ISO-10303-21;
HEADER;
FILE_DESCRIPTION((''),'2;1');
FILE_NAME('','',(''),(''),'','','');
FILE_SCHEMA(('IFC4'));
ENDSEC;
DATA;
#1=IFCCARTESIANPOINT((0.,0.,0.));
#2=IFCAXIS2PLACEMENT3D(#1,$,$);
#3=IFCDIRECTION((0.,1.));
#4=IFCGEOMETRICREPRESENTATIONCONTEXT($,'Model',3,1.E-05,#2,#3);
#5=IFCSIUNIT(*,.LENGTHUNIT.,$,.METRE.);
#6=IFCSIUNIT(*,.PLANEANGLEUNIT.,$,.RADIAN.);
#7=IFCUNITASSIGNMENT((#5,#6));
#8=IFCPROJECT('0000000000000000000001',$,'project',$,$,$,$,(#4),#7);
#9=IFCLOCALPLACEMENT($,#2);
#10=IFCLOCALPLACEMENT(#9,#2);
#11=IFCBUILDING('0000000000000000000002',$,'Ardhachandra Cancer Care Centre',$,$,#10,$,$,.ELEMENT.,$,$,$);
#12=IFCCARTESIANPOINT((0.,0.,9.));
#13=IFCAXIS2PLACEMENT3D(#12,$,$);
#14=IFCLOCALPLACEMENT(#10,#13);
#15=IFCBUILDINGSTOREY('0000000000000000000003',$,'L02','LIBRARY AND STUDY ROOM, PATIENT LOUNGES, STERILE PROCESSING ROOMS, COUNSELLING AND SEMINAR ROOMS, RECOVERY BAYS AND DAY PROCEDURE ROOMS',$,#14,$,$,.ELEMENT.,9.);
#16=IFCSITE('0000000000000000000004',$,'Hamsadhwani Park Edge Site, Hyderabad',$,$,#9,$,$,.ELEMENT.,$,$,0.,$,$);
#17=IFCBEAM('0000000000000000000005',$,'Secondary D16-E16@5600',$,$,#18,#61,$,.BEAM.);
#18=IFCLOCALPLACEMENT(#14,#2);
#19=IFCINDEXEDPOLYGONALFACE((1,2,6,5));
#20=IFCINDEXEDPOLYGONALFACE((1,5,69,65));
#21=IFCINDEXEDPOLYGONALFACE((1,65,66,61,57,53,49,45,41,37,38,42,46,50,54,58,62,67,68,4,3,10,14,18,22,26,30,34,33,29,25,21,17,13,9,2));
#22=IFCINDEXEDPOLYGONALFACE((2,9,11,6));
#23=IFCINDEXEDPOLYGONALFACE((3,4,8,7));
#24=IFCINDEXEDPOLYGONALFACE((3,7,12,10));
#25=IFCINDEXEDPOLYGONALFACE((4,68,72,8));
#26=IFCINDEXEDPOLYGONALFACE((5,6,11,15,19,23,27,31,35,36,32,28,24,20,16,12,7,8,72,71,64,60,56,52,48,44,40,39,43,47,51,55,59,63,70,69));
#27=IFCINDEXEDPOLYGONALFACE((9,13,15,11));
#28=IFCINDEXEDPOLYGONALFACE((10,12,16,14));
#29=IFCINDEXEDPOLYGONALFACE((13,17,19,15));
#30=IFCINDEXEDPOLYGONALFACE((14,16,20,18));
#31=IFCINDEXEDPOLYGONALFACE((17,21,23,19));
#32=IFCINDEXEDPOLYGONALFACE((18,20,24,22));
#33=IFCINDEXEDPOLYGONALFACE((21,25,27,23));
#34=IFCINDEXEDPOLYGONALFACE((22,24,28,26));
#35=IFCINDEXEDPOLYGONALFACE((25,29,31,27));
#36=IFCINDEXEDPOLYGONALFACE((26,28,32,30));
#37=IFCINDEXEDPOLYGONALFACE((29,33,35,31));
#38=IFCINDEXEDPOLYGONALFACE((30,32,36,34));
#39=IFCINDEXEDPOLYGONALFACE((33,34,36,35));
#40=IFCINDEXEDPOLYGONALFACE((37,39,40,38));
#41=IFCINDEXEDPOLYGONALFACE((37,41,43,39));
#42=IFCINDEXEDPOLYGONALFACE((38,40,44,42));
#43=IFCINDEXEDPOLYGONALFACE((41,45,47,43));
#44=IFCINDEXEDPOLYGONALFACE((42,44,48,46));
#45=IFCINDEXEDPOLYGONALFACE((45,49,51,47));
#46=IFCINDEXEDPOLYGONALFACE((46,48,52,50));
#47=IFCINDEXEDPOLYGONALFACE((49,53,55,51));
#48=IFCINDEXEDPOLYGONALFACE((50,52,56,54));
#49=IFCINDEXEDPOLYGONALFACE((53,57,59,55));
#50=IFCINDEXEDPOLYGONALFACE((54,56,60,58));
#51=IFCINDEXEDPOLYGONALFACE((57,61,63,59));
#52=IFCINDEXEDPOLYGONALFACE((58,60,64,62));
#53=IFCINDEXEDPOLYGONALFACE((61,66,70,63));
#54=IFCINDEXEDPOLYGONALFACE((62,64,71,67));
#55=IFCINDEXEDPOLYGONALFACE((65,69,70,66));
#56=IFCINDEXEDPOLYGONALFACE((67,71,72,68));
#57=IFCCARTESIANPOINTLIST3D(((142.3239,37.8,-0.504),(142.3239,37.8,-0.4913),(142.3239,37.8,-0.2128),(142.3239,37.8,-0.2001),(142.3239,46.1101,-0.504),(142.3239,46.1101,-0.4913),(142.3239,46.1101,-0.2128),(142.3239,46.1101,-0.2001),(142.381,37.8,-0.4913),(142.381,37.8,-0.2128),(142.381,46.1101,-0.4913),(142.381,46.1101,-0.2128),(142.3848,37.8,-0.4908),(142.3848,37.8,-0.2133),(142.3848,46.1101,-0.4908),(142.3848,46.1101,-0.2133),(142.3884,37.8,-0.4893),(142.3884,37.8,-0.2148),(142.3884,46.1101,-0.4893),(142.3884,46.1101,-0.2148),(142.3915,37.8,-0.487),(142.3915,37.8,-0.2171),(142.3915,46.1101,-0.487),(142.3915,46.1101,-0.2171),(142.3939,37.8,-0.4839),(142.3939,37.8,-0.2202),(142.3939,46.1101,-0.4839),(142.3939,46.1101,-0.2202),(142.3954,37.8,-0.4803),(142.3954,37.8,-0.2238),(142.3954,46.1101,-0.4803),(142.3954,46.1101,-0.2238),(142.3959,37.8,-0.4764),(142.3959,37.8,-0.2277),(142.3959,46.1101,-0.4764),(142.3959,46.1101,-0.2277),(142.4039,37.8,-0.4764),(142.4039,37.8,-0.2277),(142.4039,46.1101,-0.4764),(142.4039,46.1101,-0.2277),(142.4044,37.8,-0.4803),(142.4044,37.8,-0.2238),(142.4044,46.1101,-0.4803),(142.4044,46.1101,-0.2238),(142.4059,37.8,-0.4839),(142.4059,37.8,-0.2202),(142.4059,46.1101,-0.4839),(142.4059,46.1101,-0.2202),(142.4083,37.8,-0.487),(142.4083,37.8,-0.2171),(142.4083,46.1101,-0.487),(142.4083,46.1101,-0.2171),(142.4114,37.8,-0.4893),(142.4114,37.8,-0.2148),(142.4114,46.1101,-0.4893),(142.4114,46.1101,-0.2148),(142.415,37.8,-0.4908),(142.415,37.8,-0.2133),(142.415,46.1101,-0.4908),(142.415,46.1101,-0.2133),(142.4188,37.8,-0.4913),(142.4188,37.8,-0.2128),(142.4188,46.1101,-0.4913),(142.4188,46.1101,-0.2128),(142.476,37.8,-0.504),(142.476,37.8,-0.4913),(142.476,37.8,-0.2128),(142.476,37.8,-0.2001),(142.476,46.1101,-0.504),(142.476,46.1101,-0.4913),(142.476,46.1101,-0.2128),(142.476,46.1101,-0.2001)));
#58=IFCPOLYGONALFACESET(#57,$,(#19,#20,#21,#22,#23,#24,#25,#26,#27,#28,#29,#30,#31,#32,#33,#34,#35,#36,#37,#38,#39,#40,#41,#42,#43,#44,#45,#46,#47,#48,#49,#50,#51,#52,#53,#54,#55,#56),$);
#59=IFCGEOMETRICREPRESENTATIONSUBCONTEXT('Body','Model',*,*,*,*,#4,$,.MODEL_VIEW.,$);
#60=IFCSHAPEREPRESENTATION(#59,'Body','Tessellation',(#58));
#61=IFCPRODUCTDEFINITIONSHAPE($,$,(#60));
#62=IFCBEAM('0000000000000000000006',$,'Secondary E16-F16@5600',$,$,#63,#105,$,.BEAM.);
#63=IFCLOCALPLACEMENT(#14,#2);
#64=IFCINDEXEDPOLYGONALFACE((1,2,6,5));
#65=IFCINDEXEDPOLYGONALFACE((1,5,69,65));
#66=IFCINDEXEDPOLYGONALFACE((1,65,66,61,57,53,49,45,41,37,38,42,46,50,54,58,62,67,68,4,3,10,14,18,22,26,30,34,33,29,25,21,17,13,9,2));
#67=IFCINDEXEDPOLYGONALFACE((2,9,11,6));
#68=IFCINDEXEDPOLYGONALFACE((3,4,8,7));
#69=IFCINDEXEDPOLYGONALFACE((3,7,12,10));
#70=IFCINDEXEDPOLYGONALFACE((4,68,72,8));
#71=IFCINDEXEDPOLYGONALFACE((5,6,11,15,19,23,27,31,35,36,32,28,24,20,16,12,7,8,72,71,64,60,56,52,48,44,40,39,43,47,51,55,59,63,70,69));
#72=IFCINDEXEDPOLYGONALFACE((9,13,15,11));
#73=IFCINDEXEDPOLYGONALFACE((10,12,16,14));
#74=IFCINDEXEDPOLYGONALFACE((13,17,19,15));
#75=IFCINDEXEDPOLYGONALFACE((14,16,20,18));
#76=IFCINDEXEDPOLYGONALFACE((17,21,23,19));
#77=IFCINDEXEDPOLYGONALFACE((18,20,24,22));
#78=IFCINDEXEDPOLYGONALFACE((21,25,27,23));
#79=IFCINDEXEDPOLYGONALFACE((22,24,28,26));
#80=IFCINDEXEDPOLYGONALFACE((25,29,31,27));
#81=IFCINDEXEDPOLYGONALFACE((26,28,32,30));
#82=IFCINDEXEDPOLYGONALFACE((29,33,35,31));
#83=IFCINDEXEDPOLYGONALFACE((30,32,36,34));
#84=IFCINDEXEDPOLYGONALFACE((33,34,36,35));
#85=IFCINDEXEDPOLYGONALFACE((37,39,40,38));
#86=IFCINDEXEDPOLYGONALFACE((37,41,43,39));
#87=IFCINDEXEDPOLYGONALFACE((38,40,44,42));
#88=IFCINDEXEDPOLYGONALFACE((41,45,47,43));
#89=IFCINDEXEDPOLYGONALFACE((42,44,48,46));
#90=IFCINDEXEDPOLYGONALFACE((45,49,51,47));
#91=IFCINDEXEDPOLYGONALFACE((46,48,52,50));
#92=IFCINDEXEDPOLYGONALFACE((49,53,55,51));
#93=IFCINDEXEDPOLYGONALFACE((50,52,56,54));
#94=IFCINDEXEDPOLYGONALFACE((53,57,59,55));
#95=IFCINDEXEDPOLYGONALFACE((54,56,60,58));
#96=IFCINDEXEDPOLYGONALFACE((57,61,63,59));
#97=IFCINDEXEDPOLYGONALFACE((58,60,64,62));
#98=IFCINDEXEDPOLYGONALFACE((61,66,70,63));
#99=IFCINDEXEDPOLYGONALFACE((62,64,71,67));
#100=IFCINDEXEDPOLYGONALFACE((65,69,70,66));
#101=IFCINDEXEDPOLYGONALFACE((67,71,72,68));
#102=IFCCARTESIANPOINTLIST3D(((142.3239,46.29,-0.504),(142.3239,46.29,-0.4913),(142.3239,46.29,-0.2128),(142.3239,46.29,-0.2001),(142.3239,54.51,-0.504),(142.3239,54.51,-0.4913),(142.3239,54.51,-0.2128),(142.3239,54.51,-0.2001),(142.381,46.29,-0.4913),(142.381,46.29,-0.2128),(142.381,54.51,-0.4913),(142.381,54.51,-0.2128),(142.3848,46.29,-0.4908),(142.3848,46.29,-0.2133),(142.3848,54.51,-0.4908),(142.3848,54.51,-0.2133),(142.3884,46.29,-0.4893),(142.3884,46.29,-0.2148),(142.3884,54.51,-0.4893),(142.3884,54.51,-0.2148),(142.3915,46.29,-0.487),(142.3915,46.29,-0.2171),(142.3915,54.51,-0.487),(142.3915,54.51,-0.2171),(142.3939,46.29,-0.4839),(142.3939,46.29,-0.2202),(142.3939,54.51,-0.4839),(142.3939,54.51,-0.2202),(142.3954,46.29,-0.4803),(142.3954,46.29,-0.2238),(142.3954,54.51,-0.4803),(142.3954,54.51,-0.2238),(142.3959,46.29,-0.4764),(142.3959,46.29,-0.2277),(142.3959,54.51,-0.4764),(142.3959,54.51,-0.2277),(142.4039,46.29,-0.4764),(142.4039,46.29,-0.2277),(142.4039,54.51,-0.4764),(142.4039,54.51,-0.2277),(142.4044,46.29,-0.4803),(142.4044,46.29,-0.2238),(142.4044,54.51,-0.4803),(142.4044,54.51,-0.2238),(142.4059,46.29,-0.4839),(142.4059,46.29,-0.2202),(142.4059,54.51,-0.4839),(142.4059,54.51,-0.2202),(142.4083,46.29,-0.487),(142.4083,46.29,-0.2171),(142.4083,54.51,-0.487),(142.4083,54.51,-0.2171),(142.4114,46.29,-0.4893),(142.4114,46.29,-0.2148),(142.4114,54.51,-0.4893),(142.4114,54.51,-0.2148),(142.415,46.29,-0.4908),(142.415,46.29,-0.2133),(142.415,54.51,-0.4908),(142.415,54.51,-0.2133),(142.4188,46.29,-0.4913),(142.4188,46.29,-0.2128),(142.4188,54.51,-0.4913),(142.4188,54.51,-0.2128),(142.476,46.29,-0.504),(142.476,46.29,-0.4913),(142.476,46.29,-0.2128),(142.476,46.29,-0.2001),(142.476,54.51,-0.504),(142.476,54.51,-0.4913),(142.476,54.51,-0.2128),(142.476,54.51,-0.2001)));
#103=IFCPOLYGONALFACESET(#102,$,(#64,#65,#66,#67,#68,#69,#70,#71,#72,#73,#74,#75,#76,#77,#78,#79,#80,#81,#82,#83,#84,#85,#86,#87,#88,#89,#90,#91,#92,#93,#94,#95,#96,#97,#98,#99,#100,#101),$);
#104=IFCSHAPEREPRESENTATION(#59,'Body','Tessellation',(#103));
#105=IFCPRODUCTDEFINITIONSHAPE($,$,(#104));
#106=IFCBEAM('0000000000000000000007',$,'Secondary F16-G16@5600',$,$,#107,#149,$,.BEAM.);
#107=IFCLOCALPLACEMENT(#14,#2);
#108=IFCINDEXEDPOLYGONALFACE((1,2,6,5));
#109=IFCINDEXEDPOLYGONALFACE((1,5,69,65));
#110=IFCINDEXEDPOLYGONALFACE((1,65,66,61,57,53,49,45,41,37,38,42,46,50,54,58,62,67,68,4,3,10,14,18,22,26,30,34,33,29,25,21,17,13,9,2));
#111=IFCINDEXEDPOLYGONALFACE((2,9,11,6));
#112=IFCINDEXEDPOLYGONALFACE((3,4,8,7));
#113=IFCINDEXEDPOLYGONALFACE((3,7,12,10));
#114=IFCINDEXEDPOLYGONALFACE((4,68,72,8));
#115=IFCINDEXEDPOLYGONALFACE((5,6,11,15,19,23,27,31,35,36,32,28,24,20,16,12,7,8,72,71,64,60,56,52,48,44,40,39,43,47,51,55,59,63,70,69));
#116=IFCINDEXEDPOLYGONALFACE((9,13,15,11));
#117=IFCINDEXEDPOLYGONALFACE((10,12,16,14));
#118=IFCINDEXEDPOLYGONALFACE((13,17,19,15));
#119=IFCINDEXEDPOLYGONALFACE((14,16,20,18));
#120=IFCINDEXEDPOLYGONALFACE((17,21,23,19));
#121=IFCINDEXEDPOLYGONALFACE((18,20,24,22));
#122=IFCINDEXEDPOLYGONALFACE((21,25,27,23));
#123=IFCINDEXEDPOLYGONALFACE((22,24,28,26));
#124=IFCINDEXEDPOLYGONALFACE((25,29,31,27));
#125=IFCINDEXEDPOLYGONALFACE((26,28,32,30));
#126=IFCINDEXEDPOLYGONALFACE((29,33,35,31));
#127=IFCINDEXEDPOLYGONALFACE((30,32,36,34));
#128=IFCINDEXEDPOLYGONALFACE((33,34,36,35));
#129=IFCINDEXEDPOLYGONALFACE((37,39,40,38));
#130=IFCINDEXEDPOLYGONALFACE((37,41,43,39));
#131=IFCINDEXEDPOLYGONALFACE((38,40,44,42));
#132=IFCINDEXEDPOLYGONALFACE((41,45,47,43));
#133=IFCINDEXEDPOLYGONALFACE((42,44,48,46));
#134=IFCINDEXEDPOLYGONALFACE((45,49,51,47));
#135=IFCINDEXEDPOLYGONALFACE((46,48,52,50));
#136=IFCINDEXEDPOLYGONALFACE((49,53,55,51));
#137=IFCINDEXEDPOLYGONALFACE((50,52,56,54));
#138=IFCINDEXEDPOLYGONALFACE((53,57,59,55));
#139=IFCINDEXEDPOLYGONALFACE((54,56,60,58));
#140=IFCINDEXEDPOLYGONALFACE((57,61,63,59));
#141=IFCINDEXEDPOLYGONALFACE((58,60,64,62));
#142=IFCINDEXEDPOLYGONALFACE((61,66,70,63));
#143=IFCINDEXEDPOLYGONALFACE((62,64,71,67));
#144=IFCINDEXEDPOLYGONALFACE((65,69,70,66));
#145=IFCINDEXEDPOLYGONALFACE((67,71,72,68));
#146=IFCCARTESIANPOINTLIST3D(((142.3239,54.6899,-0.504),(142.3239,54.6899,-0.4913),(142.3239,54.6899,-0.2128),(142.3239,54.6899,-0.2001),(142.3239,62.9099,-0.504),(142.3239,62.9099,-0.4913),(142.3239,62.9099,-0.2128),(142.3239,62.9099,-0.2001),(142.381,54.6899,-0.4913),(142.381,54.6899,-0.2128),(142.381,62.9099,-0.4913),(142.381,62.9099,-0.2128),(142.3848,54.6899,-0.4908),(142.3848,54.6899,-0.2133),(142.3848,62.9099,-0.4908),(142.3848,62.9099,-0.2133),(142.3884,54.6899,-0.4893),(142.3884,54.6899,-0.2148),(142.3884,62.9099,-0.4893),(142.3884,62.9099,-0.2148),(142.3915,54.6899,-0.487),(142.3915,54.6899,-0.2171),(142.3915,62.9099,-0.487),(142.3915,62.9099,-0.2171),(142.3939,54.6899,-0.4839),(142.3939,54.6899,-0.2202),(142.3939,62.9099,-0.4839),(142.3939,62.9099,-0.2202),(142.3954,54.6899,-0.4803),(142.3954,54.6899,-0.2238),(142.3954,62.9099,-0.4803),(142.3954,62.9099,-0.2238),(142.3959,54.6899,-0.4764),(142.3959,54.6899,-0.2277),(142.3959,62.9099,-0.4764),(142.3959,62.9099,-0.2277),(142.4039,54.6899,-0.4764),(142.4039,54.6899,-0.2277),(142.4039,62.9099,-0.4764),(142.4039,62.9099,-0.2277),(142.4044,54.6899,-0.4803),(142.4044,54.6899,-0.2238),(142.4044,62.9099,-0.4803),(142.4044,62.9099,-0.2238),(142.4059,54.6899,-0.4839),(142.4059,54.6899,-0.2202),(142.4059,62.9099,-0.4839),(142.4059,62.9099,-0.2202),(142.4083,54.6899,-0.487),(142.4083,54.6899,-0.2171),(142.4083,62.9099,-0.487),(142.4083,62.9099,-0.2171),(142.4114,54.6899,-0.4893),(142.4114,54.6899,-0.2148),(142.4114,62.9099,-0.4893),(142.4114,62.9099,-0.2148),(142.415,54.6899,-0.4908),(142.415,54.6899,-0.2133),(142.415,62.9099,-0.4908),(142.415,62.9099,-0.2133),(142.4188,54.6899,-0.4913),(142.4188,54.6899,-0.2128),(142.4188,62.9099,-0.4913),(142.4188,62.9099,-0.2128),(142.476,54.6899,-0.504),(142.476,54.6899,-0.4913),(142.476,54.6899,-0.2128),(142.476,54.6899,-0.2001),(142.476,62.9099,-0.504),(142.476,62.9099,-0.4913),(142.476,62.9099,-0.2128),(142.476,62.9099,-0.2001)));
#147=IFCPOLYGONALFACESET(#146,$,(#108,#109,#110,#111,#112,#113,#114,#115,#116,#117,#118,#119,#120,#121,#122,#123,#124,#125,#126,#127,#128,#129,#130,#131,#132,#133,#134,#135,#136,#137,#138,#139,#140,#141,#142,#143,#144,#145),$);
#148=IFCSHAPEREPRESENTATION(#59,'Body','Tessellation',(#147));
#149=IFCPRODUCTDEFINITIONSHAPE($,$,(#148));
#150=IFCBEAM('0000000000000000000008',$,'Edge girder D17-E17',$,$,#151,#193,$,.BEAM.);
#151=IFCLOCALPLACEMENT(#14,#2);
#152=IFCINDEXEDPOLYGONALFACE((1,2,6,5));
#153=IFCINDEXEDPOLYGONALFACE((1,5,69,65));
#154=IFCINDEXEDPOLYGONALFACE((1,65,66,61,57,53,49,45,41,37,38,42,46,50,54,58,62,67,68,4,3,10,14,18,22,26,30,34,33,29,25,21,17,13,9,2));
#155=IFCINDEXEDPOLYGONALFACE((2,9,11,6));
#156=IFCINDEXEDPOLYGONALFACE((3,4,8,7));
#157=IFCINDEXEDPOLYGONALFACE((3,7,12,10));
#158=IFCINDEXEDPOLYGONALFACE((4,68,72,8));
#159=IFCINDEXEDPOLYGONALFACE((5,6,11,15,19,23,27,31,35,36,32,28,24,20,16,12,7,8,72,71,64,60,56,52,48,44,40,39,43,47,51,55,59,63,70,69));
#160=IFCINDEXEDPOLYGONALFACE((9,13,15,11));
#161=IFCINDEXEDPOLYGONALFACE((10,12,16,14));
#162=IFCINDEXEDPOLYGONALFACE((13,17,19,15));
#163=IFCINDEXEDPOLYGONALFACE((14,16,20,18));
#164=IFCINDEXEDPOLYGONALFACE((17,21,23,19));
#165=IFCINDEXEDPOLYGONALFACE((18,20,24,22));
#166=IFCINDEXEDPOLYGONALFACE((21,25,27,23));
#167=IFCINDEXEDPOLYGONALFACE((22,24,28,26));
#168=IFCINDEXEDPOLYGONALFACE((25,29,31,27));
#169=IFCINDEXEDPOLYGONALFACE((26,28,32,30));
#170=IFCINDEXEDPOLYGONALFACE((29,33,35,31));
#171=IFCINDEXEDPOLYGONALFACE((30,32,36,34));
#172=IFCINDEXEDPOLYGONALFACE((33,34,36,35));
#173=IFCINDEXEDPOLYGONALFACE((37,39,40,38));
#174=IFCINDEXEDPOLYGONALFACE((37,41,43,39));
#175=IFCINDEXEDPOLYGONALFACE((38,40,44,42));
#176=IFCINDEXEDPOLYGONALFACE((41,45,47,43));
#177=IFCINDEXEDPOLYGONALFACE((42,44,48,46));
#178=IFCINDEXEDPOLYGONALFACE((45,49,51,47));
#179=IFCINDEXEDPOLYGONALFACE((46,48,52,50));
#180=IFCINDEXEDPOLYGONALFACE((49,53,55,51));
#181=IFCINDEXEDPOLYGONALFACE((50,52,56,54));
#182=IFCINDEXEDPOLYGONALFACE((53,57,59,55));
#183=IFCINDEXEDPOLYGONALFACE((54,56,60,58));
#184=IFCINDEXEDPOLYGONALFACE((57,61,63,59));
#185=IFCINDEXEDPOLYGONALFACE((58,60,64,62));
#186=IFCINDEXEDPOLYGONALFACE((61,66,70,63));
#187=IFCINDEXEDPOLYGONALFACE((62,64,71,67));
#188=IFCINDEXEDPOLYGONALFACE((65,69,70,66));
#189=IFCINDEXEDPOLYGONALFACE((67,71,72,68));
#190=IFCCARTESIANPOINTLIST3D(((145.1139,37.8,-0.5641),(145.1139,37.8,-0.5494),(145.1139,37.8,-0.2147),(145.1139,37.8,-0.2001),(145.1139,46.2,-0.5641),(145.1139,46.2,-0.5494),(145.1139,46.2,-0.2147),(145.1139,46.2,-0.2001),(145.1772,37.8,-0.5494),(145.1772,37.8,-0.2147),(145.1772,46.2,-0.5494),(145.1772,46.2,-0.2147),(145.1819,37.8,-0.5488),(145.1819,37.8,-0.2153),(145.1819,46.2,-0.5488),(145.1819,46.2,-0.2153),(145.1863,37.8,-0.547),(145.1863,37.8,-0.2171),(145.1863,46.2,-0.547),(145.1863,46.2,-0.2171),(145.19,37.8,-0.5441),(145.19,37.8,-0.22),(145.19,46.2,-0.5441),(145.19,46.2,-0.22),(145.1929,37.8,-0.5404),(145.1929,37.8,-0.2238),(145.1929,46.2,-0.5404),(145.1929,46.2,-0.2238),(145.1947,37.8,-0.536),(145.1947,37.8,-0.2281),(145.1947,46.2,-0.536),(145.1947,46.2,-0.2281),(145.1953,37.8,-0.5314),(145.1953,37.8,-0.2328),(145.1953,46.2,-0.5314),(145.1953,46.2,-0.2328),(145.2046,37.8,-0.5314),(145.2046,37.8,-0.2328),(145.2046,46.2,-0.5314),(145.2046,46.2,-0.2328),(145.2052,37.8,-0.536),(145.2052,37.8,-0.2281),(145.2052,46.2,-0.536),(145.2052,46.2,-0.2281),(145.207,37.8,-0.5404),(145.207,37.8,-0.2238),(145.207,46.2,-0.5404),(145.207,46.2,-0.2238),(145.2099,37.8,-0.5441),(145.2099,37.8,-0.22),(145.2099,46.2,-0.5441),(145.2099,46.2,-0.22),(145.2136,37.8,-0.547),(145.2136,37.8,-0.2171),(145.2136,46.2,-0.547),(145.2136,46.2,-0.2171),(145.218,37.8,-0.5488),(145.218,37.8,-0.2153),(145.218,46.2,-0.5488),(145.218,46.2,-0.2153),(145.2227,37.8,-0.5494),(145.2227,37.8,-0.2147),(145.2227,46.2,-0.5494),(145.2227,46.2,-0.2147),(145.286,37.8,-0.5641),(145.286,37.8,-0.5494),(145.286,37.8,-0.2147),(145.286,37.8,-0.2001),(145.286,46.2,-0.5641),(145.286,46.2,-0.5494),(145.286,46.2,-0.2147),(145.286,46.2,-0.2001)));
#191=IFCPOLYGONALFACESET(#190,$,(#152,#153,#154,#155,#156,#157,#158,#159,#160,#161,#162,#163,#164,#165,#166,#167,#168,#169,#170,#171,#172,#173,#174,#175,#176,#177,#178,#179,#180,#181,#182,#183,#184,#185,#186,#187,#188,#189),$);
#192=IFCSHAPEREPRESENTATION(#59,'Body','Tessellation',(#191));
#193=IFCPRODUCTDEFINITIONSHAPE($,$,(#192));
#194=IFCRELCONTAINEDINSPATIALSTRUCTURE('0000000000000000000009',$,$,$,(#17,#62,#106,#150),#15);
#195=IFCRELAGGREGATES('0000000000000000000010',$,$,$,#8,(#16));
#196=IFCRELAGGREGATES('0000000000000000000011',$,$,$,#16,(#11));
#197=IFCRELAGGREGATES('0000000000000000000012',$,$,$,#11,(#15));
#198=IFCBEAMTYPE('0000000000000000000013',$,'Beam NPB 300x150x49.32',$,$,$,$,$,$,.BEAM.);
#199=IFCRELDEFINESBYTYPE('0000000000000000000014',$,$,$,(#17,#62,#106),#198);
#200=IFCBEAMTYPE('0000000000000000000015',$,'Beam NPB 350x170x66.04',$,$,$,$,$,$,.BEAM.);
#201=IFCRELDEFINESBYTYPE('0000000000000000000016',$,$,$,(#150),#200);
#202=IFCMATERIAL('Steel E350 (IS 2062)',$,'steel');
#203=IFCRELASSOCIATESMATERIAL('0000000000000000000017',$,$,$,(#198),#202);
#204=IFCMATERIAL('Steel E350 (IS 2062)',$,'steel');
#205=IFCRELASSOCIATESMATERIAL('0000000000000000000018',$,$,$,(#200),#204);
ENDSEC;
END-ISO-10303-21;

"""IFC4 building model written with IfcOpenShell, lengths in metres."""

from ifc_helpers import new_model, si_unit, direction, frame, origin, origin_2d, place, context, subcontext, project, spatial, i_section, extrude, material, material_profile, profile_set, type_object, element, save


model = new_model("IFC4")

# Units and contexts
model_context = context("Model", 3, precision=1e-05, world=origin(), true_north=direction((0.0, 1.0)))
body_context = subcontext(model_context, "Body", "Model", "MODEL_VIEW")
ifc_project = project(units=[si_unit("LENGTHUNIT", "METRE"), si_unit("PLANEANGLEUNIT", "RADIAN")], contexts=[model_context])

# Site, building, storey
site_placement = place(None, origin())
site = spatial("IfcSite", under=ifc_project, at=site_placement, Name="Hamsadhwani Park Edge Site, Hyderabad", CompositionType="ELEMENT", RefElevation=0.0)
building_placement = place(site_placement, origin())
building = spatial("IfcBuilding", under=site, at=building_placement, Name="Ardhachandra Cancer Care Centre", CompositionType="ELEMENT")
storey_placement = place(building_placement, frame((0.0, 0.0, 9.0)))
storey = spatial("IfcBuildingStorey", under=building, at=storey_placement, Name="L02", Description="LIBRARY AND STUDY ROOM, PATIENT LOUNGES, STERILE PROCESSING ROOMS, COUNSELLING AND SEMINAR ROOMS, RECOVERY BAYS AND DAY PROCEDURE ROOMS", CompositionType="ELEMENT", Elevation=9.0)

# Beams
ifc_material_1 = material(Name="Steel E350 (IS 2062)", Category="steel")
ifc_material_profile_1 = material_profile(ifc_material_1, i_section(OverallWidth=0.1521, OverallDepth=0.304, WebThickness=0.0081, FlangeThickness=0.0127, FilletRadius=0.0149, at=origin_2d()), Name="NPB 300x150x49.32")
ifc_profile_set_1 = profile_set([ifc_material_profile_1], Name="Steel E350 (IS 2062)")
beam_type_1 = type_object("IfcBeamType", Name="Beam NPB 300x150x49.32", PredefinedType="BEAM", material=ifc_profile_set_1)
beam_1_placement = place(storey_placement, frame((142.3999, 37.8, -0.3521), z_axis=(0.0, 1.0, 0.0), x_axis=(-1.0, 0.0, 0.0)))
element("IfcBeam", 1, at=beam_1_placement, inside=storey, type_object=beam_type_1, Name="Secondary D16-E16@5600", PredefinedType="BEAM", context=body_context, shape_type="SweptSolid", body=[
    extrude(i_section(OverallWidth=0.1521, OverallDepth=0.304, WebThickness=0.0081, FlangeThickness=0.0127, FilletRadius=0.0149, at=origin_2d()), origin(), (0.0, 0.0, 1.0), 8.3101),
])
for number, where, z_axis, x_axis, name in (
    (2, (142.3999, 46.29, -0.3521), (0.0, 1.0, 0.0), (-1.0, 0.0, 0.0), "Secondary E16-F16@5600"),
    (3, (142.3999, 54.6899, -0.3521), (0.0, 1.0, 0.0), (-1.0, 0.0, 0.0), "Secondary F16-G16@5600"),
):
    element("IfcBeam", number, at=place(storey_placement, frame(where, z_axis=z_axis, x_axis=x_axis)), inside=storey, type_object=beam_type_1, Name=name, PredefinedType="BEAM", context=body_context, shape_type="SweptSolid", body=[
        extrude(i_section(OverallWidth=0.1521, OverallDepth=0.304, WebThickness=0.0081, FlangeThickness=0.0127, FilletRadius=0.0149, at=origin_2d()), origin(), (0.0, 0.0, 1.0), 8.22),
    ])
ifc_material_2 = material(Name="Steel E350 (IS 2062)", Category="steel")
ifc_material_profile_2 = material_profile(ifc_material_2, i_section(OverallWidth=0.1721, OverallDepth=0.364, WebThickness=0.0093, FlangeThickness=0.0146, FilletRadius=0.0181, at=origin_2d()), Name="NPB 350x170x66.04")
ifc_profile_set_2 = profile_set([ifc_material_profile_2], Name="Steel E350 (IS 2062)")
beam_type_2 = type_object("IfcBeamType", Name="Beam NPB 350x170x66.04", PredefinedType="BEAM", material=ifc_profile_set_2)
beam_2_placement = place(storey_placement, frame((145.2, 37.8, -0.3821), z_axis=(0.0, 1.0, 0.0), x_axis=(-1.0, 0.0, 0.0)))
element("IfcBeam", 4, at=beam_2_placement, inside=storey, type_object=beam_type_2, Name="Edge girder D17-E17", PredefinedType="BEAM", context=body_context, shape_type="SweptSolid", body=[
    extrude(i_section(OverallWidth=0.1721, OverallDepth=0.364, WebThickness=0.0093, FlangeThickness=0.0146, FilletRadius=0.0181, at=origin_2d()), origin(), (0.0, 0.0, 1.0), 8.3999),
])

save(model, "model.ifc")
